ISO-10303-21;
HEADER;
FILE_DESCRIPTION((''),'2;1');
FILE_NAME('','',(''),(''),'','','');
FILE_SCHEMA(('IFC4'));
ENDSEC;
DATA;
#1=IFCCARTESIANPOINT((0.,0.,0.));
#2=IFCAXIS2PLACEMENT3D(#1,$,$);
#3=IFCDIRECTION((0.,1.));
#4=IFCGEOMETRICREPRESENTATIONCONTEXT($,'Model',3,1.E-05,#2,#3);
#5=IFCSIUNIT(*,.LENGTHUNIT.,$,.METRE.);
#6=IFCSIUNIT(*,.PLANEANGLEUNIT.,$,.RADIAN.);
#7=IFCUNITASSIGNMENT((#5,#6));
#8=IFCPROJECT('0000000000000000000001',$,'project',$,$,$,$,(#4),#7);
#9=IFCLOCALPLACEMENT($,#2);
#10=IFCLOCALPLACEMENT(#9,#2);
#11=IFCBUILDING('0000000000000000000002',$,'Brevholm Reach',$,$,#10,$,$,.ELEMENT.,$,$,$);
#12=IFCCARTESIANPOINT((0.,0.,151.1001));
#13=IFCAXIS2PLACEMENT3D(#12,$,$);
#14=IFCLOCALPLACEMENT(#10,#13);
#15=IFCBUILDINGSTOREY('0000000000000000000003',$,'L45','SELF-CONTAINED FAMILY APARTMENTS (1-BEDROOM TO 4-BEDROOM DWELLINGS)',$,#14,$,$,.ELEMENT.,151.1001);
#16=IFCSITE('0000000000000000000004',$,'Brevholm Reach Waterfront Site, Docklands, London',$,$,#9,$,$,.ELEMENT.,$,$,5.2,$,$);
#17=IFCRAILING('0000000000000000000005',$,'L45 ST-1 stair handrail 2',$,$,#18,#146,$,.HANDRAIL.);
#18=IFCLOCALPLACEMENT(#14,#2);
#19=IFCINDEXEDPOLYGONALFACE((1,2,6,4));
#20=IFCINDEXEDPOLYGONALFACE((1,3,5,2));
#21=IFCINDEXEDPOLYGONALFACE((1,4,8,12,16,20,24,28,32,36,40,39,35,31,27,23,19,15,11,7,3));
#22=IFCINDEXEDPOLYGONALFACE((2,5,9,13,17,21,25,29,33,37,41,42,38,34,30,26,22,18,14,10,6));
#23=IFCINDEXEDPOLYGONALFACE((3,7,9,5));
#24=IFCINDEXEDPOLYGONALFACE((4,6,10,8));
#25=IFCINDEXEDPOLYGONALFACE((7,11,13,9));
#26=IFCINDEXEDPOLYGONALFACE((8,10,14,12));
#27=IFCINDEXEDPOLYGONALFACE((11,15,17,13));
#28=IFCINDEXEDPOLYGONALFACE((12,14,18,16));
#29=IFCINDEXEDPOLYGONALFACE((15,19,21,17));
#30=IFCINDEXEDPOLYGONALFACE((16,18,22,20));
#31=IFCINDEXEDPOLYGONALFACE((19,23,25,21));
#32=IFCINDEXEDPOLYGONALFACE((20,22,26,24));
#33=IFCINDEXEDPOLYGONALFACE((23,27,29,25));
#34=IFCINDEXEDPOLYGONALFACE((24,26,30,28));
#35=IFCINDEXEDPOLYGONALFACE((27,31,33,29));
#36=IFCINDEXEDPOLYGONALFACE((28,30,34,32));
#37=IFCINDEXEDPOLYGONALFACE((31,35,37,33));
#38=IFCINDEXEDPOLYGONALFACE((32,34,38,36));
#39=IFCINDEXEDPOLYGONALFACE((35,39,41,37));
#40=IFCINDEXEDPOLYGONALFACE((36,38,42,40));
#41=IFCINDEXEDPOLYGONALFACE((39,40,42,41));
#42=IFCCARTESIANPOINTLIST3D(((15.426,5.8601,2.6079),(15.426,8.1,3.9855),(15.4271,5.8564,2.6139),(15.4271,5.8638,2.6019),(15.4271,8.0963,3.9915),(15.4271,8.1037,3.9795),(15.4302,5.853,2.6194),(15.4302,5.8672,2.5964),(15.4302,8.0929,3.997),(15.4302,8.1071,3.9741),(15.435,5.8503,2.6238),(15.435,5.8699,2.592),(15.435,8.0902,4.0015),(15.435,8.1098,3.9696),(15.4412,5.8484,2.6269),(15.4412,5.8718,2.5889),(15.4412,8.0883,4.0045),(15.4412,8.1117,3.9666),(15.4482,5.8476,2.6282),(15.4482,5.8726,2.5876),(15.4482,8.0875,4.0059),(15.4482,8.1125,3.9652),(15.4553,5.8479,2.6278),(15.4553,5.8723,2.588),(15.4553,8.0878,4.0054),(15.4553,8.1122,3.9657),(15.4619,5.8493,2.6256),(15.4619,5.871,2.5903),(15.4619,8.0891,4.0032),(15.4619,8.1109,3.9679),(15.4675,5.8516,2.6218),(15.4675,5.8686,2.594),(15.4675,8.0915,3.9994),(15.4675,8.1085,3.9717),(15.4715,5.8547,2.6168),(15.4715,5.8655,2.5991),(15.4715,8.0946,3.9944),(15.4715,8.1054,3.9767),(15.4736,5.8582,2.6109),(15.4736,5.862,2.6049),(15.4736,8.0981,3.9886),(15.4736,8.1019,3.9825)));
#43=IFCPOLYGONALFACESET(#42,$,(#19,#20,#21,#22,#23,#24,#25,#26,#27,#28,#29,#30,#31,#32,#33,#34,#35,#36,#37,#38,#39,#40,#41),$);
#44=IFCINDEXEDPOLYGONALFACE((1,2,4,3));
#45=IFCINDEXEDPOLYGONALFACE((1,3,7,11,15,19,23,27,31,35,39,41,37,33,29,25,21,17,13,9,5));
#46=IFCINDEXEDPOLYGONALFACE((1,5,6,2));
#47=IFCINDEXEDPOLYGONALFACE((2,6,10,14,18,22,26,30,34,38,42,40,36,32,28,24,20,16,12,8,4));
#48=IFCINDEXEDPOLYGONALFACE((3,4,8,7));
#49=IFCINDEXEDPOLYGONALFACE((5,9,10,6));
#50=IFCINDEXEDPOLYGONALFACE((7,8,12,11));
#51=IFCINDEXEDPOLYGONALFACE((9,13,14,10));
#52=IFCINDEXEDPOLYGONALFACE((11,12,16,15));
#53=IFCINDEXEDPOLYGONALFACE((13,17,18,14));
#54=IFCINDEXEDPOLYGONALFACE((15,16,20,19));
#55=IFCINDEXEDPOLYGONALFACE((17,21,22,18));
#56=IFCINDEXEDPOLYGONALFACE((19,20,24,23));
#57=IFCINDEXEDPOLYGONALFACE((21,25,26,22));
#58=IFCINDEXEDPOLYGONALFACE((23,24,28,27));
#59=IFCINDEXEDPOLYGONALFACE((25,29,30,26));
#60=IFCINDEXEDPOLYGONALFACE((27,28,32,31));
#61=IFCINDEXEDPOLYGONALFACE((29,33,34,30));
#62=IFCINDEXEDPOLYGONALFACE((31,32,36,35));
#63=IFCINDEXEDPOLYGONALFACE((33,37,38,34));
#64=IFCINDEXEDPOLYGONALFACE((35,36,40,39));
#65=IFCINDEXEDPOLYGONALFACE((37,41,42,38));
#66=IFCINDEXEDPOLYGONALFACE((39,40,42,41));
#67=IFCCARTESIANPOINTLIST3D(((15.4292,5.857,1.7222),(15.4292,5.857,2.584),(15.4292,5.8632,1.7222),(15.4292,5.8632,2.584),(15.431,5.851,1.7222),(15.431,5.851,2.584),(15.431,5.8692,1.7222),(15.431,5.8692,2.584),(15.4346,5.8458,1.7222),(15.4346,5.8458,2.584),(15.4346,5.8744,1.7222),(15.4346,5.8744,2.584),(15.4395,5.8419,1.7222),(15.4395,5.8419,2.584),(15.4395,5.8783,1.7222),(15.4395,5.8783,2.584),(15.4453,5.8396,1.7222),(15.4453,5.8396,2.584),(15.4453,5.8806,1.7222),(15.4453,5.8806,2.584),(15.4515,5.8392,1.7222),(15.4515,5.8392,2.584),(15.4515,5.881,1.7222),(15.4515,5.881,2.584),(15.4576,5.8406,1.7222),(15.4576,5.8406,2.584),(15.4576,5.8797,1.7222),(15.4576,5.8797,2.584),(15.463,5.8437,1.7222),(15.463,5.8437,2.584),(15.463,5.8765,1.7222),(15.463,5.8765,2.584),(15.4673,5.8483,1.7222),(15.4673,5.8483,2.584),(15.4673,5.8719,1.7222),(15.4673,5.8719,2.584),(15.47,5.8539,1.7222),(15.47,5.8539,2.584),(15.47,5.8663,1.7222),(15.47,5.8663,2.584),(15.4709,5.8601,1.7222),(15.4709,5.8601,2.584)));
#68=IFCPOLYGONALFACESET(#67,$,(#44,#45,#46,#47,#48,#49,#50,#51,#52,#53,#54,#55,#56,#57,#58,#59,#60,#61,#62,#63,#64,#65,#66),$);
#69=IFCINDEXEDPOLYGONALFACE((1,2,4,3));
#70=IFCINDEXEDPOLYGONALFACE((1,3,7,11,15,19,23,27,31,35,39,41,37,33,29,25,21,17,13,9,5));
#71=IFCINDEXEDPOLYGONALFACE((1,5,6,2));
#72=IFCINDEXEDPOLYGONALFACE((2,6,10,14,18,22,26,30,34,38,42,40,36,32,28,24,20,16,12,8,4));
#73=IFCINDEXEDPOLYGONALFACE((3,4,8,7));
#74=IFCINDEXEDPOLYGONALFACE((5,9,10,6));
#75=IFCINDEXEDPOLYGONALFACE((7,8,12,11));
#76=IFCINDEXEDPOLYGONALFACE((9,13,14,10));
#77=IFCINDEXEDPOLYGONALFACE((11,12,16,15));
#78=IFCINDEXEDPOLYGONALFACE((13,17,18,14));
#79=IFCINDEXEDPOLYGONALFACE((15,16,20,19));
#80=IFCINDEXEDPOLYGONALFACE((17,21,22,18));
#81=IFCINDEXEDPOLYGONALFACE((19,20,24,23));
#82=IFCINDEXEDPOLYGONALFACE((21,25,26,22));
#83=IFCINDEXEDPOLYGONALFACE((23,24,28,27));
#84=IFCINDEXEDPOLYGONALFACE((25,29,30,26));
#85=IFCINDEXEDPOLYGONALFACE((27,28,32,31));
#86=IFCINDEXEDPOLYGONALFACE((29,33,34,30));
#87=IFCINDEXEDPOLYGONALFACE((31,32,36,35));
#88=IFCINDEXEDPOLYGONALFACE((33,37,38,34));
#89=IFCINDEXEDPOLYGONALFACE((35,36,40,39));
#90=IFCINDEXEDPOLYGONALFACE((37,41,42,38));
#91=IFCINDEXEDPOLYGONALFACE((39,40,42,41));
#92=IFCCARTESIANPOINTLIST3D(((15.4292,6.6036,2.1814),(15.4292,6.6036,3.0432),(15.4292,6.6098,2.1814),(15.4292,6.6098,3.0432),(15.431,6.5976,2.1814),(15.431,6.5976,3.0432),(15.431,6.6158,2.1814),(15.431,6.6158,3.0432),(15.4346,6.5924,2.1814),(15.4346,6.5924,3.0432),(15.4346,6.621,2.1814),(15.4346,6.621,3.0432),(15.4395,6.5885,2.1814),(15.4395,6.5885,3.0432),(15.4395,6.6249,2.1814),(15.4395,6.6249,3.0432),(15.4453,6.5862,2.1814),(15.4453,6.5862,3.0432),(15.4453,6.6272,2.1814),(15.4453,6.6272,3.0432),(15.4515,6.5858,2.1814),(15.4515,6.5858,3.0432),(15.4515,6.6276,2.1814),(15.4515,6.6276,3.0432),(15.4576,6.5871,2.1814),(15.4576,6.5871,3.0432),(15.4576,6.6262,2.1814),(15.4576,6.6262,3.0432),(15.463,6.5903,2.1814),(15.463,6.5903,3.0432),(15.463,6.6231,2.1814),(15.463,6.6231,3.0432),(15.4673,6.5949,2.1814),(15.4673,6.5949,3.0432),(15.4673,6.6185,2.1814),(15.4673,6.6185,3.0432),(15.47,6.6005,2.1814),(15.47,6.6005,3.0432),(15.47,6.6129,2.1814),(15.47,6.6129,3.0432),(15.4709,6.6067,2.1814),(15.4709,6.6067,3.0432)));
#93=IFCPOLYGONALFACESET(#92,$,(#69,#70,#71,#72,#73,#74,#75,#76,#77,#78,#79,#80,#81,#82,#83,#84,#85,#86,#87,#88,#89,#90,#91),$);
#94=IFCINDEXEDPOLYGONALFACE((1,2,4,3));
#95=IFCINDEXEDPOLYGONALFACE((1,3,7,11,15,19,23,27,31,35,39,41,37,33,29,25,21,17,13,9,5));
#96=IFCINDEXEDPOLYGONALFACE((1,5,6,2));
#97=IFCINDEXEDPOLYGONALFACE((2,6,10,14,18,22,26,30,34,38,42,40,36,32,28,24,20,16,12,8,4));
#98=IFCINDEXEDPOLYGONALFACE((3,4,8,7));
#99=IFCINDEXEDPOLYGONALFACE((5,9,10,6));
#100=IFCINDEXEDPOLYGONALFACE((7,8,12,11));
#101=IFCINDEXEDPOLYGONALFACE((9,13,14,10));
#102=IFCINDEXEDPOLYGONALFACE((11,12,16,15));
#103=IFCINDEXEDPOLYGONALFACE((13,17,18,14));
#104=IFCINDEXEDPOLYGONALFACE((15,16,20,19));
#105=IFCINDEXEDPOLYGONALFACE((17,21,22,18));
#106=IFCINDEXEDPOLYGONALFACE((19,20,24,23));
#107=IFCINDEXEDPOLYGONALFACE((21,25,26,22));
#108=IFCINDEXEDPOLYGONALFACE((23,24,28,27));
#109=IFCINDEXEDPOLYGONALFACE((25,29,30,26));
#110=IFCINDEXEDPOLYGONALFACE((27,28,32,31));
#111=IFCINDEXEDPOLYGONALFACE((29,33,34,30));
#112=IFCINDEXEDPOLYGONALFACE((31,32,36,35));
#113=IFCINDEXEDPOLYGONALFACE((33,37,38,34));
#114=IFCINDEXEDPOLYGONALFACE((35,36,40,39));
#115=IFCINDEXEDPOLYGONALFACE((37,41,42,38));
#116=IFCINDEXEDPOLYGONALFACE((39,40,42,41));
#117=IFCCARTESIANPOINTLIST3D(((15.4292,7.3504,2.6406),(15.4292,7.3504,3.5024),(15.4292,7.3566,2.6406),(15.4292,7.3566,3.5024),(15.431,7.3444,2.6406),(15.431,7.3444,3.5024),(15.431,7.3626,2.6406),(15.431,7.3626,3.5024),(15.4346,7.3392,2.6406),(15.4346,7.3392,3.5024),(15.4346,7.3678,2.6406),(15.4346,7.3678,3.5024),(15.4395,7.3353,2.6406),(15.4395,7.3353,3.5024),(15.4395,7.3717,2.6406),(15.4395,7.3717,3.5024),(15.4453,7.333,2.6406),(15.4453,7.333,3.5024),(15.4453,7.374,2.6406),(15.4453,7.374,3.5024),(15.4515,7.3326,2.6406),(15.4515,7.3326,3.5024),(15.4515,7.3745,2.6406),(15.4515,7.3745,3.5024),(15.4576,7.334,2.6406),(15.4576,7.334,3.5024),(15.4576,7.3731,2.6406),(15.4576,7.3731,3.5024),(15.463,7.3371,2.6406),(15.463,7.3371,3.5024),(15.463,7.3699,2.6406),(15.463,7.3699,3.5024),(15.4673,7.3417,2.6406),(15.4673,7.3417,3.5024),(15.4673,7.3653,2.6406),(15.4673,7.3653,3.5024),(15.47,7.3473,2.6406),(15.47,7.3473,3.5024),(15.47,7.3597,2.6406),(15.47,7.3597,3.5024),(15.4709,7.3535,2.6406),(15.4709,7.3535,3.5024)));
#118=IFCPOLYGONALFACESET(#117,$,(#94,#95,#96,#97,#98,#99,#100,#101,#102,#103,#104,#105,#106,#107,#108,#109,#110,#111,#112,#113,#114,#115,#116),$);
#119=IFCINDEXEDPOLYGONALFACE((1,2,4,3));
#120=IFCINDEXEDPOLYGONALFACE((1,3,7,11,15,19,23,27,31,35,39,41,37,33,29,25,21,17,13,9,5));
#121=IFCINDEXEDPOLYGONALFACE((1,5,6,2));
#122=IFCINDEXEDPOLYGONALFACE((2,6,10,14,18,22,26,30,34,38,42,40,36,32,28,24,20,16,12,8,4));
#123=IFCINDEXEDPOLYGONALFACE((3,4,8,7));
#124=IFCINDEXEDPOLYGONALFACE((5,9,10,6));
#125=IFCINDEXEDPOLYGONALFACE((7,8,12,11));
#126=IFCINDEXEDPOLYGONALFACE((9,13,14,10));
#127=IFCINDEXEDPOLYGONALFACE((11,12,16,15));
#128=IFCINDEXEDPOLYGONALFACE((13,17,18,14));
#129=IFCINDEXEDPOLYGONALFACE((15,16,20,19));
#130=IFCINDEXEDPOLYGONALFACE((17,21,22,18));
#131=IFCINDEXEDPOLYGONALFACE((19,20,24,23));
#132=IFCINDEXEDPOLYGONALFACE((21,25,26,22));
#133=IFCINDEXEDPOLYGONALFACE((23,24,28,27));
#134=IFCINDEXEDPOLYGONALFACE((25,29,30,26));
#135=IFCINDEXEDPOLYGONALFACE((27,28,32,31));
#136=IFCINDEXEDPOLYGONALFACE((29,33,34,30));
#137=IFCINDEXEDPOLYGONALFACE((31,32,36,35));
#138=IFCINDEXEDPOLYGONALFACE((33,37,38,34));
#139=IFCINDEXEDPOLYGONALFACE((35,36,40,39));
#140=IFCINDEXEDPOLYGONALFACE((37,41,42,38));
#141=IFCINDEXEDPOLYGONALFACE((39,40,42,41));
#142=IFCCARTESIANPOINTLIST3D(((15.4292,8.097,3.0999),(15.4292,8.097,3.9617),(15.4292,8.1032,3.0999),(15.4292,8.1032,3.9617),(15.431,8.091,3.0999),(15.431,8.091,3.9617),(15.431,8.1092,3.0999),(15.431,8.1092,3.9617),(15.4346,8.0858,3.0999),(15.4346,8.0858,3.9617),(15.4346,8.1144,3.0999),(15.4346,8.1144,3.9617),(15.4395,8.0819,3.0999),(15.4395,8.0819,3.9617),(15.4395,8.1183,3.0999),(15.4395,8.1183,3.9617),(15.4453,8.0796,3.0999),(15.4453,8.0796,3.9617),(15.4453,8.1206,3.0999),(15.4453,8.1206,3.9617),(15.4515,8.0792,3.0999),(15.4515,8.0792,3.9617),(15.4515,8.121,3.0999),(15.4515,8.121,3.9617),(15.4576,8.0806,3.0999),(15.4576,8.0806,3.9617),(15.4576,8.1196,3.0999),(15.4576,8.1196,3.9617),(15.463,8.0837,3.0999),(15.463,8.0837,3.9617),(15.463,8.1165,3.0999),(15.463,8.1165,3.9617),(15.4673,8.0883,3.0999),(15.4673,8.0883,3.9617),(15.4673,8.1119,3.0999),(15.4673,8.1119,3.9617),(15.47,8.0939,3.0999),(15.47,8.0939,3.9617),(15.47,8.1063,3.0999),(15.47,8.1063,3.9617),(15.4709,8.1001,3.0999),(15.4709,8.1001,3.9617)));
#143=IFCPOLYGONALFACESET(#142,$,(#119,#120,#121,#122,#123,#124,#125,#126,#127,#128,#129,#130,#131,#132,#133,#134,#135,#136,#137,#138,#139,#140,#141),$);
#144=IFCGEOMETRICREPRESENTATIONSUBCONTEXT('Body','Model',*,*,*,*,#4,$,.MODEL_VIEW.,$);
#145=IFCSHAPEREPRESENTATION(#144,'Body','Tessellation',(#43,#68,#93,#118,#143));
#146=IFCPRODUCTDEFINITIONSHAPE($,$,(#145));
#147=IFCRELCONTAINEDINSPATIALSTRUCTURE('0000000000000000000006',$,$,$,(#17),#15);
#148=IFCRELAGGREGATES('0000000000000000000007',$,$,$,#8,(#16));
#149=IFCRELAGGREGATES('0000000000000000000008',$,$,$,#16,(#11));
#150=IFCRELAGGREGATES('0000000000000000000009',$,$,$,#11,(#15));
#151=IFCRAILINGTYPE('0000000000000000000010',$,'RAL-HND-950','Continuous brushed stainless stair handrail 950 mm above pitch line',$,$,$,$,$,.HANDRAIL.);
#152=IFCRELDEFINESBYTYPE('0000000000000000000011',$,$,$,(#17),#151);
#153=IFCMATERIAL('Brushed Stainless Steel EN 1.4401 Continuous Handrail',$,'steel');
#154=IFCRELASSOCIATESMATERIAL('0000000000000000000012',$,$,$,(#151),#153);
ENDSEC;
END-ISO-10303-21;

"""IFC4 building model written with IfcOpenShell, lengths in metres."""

from ifc_helpers import new_model, si_unit, direction, frame, origin, origin_2d, place, context, subcontext, project, spatial, circle, extrude, material, type_object, element, save


model = new_model("IFC4")

# Units and contexts
model_context = context("Model", 3, precision=1e-05, world=origin(), true_north=direction((0.0, 1.0)))
body_context = subcontext(model_context, "Body", "Model", "MODEL_VIEW")
ifc_project = project(units=[si_unit("LENGTHUNIT", "METRE"), si_unit("PLANEANGLEUNIT", "RADIAN")], contexts=[model_context])

# Site, building, storey
site_placement = place(None, origin())
site = spatial("IfcSite", under=ifc_project, at=site_placement, Name="Brevholm Reach Waterfront Site, Docklands, London", CompositionType="ELEMENT", RefElevation=5.2)
building_placement = place(site_placement, origin())
building = spatial("IfcBuilding", under=site, at=building_placement, Name="Brevholm Reach", CompositionType="ELEMENT")
storey_placement = place(building_placement, frame((0.0, 0.0, 151.1001)))
storey = spatial("IfcBuildingStorey", under=building, at=storey_placement, Name="L45", Description="SELF-CONTAINED FAMILY APARTMENTS (1-BEDROOM TO 4-BEDROOM DWELLINGS)", CompositionType="ELEMENT", Elevation=151.1001)

# Railing
ifc_material_1 = material(Name="Brushed Stainless Steel EN 1.4401 Continuous Handrail", Category="steel")
railing_type_1 = type_object("IfcRailingType", Name="RAL-HND-950", Description="Continuous brushed stainless stair handrail 950 mm above pitch line", PredefinedType="HANDRAIL", material=ifc_material_1)
railing_1_placement = place(storey_placement, frame((15.45, 5.8601, 1.7222)))
element("IfcRailing", 1, at=railing_1_placement, inside=storey, type_object=railing_type_1, Name="L45 ST-1 stair handrail 2", PredefinedType="HANDRAIL", context=body_context, shape_type="SweptSolid", body=[
    extrude(circle(Radius=0.0239, at=origin_2d()), frame((0.0, 0.0, 0.8857), z_axis=(0.0, 0.851789, 0.523885), x_axis=(-1.0, 0.0, 0.0)), (0.0, 0.0, 1.0), 2.6296),
    extrude(circle(Radius=0.021, at=origin_2d()), origin(), (0.0, 0.0, 1.0), 0.8618),
    extrude(circle(Radius=0.021, at=origin_2d()), frame((0.0, 0.7466, 0.4592)), (0.0, 0.0, 1.0), 0.8618),
    extrude(circle(Radius=0.021, at=origin_2d()), frame((0.0, 1.4934, 0.9185)), (0.0, 0.0, 1.0), 0.8618),
    extrude(circle(Radius=0.021, at=origin_2d()), frame((0.0, 2.24, 1.3777)), (0.0, 0.0, 1.0), 0.8618),
])

save(model, "model.ifc")
